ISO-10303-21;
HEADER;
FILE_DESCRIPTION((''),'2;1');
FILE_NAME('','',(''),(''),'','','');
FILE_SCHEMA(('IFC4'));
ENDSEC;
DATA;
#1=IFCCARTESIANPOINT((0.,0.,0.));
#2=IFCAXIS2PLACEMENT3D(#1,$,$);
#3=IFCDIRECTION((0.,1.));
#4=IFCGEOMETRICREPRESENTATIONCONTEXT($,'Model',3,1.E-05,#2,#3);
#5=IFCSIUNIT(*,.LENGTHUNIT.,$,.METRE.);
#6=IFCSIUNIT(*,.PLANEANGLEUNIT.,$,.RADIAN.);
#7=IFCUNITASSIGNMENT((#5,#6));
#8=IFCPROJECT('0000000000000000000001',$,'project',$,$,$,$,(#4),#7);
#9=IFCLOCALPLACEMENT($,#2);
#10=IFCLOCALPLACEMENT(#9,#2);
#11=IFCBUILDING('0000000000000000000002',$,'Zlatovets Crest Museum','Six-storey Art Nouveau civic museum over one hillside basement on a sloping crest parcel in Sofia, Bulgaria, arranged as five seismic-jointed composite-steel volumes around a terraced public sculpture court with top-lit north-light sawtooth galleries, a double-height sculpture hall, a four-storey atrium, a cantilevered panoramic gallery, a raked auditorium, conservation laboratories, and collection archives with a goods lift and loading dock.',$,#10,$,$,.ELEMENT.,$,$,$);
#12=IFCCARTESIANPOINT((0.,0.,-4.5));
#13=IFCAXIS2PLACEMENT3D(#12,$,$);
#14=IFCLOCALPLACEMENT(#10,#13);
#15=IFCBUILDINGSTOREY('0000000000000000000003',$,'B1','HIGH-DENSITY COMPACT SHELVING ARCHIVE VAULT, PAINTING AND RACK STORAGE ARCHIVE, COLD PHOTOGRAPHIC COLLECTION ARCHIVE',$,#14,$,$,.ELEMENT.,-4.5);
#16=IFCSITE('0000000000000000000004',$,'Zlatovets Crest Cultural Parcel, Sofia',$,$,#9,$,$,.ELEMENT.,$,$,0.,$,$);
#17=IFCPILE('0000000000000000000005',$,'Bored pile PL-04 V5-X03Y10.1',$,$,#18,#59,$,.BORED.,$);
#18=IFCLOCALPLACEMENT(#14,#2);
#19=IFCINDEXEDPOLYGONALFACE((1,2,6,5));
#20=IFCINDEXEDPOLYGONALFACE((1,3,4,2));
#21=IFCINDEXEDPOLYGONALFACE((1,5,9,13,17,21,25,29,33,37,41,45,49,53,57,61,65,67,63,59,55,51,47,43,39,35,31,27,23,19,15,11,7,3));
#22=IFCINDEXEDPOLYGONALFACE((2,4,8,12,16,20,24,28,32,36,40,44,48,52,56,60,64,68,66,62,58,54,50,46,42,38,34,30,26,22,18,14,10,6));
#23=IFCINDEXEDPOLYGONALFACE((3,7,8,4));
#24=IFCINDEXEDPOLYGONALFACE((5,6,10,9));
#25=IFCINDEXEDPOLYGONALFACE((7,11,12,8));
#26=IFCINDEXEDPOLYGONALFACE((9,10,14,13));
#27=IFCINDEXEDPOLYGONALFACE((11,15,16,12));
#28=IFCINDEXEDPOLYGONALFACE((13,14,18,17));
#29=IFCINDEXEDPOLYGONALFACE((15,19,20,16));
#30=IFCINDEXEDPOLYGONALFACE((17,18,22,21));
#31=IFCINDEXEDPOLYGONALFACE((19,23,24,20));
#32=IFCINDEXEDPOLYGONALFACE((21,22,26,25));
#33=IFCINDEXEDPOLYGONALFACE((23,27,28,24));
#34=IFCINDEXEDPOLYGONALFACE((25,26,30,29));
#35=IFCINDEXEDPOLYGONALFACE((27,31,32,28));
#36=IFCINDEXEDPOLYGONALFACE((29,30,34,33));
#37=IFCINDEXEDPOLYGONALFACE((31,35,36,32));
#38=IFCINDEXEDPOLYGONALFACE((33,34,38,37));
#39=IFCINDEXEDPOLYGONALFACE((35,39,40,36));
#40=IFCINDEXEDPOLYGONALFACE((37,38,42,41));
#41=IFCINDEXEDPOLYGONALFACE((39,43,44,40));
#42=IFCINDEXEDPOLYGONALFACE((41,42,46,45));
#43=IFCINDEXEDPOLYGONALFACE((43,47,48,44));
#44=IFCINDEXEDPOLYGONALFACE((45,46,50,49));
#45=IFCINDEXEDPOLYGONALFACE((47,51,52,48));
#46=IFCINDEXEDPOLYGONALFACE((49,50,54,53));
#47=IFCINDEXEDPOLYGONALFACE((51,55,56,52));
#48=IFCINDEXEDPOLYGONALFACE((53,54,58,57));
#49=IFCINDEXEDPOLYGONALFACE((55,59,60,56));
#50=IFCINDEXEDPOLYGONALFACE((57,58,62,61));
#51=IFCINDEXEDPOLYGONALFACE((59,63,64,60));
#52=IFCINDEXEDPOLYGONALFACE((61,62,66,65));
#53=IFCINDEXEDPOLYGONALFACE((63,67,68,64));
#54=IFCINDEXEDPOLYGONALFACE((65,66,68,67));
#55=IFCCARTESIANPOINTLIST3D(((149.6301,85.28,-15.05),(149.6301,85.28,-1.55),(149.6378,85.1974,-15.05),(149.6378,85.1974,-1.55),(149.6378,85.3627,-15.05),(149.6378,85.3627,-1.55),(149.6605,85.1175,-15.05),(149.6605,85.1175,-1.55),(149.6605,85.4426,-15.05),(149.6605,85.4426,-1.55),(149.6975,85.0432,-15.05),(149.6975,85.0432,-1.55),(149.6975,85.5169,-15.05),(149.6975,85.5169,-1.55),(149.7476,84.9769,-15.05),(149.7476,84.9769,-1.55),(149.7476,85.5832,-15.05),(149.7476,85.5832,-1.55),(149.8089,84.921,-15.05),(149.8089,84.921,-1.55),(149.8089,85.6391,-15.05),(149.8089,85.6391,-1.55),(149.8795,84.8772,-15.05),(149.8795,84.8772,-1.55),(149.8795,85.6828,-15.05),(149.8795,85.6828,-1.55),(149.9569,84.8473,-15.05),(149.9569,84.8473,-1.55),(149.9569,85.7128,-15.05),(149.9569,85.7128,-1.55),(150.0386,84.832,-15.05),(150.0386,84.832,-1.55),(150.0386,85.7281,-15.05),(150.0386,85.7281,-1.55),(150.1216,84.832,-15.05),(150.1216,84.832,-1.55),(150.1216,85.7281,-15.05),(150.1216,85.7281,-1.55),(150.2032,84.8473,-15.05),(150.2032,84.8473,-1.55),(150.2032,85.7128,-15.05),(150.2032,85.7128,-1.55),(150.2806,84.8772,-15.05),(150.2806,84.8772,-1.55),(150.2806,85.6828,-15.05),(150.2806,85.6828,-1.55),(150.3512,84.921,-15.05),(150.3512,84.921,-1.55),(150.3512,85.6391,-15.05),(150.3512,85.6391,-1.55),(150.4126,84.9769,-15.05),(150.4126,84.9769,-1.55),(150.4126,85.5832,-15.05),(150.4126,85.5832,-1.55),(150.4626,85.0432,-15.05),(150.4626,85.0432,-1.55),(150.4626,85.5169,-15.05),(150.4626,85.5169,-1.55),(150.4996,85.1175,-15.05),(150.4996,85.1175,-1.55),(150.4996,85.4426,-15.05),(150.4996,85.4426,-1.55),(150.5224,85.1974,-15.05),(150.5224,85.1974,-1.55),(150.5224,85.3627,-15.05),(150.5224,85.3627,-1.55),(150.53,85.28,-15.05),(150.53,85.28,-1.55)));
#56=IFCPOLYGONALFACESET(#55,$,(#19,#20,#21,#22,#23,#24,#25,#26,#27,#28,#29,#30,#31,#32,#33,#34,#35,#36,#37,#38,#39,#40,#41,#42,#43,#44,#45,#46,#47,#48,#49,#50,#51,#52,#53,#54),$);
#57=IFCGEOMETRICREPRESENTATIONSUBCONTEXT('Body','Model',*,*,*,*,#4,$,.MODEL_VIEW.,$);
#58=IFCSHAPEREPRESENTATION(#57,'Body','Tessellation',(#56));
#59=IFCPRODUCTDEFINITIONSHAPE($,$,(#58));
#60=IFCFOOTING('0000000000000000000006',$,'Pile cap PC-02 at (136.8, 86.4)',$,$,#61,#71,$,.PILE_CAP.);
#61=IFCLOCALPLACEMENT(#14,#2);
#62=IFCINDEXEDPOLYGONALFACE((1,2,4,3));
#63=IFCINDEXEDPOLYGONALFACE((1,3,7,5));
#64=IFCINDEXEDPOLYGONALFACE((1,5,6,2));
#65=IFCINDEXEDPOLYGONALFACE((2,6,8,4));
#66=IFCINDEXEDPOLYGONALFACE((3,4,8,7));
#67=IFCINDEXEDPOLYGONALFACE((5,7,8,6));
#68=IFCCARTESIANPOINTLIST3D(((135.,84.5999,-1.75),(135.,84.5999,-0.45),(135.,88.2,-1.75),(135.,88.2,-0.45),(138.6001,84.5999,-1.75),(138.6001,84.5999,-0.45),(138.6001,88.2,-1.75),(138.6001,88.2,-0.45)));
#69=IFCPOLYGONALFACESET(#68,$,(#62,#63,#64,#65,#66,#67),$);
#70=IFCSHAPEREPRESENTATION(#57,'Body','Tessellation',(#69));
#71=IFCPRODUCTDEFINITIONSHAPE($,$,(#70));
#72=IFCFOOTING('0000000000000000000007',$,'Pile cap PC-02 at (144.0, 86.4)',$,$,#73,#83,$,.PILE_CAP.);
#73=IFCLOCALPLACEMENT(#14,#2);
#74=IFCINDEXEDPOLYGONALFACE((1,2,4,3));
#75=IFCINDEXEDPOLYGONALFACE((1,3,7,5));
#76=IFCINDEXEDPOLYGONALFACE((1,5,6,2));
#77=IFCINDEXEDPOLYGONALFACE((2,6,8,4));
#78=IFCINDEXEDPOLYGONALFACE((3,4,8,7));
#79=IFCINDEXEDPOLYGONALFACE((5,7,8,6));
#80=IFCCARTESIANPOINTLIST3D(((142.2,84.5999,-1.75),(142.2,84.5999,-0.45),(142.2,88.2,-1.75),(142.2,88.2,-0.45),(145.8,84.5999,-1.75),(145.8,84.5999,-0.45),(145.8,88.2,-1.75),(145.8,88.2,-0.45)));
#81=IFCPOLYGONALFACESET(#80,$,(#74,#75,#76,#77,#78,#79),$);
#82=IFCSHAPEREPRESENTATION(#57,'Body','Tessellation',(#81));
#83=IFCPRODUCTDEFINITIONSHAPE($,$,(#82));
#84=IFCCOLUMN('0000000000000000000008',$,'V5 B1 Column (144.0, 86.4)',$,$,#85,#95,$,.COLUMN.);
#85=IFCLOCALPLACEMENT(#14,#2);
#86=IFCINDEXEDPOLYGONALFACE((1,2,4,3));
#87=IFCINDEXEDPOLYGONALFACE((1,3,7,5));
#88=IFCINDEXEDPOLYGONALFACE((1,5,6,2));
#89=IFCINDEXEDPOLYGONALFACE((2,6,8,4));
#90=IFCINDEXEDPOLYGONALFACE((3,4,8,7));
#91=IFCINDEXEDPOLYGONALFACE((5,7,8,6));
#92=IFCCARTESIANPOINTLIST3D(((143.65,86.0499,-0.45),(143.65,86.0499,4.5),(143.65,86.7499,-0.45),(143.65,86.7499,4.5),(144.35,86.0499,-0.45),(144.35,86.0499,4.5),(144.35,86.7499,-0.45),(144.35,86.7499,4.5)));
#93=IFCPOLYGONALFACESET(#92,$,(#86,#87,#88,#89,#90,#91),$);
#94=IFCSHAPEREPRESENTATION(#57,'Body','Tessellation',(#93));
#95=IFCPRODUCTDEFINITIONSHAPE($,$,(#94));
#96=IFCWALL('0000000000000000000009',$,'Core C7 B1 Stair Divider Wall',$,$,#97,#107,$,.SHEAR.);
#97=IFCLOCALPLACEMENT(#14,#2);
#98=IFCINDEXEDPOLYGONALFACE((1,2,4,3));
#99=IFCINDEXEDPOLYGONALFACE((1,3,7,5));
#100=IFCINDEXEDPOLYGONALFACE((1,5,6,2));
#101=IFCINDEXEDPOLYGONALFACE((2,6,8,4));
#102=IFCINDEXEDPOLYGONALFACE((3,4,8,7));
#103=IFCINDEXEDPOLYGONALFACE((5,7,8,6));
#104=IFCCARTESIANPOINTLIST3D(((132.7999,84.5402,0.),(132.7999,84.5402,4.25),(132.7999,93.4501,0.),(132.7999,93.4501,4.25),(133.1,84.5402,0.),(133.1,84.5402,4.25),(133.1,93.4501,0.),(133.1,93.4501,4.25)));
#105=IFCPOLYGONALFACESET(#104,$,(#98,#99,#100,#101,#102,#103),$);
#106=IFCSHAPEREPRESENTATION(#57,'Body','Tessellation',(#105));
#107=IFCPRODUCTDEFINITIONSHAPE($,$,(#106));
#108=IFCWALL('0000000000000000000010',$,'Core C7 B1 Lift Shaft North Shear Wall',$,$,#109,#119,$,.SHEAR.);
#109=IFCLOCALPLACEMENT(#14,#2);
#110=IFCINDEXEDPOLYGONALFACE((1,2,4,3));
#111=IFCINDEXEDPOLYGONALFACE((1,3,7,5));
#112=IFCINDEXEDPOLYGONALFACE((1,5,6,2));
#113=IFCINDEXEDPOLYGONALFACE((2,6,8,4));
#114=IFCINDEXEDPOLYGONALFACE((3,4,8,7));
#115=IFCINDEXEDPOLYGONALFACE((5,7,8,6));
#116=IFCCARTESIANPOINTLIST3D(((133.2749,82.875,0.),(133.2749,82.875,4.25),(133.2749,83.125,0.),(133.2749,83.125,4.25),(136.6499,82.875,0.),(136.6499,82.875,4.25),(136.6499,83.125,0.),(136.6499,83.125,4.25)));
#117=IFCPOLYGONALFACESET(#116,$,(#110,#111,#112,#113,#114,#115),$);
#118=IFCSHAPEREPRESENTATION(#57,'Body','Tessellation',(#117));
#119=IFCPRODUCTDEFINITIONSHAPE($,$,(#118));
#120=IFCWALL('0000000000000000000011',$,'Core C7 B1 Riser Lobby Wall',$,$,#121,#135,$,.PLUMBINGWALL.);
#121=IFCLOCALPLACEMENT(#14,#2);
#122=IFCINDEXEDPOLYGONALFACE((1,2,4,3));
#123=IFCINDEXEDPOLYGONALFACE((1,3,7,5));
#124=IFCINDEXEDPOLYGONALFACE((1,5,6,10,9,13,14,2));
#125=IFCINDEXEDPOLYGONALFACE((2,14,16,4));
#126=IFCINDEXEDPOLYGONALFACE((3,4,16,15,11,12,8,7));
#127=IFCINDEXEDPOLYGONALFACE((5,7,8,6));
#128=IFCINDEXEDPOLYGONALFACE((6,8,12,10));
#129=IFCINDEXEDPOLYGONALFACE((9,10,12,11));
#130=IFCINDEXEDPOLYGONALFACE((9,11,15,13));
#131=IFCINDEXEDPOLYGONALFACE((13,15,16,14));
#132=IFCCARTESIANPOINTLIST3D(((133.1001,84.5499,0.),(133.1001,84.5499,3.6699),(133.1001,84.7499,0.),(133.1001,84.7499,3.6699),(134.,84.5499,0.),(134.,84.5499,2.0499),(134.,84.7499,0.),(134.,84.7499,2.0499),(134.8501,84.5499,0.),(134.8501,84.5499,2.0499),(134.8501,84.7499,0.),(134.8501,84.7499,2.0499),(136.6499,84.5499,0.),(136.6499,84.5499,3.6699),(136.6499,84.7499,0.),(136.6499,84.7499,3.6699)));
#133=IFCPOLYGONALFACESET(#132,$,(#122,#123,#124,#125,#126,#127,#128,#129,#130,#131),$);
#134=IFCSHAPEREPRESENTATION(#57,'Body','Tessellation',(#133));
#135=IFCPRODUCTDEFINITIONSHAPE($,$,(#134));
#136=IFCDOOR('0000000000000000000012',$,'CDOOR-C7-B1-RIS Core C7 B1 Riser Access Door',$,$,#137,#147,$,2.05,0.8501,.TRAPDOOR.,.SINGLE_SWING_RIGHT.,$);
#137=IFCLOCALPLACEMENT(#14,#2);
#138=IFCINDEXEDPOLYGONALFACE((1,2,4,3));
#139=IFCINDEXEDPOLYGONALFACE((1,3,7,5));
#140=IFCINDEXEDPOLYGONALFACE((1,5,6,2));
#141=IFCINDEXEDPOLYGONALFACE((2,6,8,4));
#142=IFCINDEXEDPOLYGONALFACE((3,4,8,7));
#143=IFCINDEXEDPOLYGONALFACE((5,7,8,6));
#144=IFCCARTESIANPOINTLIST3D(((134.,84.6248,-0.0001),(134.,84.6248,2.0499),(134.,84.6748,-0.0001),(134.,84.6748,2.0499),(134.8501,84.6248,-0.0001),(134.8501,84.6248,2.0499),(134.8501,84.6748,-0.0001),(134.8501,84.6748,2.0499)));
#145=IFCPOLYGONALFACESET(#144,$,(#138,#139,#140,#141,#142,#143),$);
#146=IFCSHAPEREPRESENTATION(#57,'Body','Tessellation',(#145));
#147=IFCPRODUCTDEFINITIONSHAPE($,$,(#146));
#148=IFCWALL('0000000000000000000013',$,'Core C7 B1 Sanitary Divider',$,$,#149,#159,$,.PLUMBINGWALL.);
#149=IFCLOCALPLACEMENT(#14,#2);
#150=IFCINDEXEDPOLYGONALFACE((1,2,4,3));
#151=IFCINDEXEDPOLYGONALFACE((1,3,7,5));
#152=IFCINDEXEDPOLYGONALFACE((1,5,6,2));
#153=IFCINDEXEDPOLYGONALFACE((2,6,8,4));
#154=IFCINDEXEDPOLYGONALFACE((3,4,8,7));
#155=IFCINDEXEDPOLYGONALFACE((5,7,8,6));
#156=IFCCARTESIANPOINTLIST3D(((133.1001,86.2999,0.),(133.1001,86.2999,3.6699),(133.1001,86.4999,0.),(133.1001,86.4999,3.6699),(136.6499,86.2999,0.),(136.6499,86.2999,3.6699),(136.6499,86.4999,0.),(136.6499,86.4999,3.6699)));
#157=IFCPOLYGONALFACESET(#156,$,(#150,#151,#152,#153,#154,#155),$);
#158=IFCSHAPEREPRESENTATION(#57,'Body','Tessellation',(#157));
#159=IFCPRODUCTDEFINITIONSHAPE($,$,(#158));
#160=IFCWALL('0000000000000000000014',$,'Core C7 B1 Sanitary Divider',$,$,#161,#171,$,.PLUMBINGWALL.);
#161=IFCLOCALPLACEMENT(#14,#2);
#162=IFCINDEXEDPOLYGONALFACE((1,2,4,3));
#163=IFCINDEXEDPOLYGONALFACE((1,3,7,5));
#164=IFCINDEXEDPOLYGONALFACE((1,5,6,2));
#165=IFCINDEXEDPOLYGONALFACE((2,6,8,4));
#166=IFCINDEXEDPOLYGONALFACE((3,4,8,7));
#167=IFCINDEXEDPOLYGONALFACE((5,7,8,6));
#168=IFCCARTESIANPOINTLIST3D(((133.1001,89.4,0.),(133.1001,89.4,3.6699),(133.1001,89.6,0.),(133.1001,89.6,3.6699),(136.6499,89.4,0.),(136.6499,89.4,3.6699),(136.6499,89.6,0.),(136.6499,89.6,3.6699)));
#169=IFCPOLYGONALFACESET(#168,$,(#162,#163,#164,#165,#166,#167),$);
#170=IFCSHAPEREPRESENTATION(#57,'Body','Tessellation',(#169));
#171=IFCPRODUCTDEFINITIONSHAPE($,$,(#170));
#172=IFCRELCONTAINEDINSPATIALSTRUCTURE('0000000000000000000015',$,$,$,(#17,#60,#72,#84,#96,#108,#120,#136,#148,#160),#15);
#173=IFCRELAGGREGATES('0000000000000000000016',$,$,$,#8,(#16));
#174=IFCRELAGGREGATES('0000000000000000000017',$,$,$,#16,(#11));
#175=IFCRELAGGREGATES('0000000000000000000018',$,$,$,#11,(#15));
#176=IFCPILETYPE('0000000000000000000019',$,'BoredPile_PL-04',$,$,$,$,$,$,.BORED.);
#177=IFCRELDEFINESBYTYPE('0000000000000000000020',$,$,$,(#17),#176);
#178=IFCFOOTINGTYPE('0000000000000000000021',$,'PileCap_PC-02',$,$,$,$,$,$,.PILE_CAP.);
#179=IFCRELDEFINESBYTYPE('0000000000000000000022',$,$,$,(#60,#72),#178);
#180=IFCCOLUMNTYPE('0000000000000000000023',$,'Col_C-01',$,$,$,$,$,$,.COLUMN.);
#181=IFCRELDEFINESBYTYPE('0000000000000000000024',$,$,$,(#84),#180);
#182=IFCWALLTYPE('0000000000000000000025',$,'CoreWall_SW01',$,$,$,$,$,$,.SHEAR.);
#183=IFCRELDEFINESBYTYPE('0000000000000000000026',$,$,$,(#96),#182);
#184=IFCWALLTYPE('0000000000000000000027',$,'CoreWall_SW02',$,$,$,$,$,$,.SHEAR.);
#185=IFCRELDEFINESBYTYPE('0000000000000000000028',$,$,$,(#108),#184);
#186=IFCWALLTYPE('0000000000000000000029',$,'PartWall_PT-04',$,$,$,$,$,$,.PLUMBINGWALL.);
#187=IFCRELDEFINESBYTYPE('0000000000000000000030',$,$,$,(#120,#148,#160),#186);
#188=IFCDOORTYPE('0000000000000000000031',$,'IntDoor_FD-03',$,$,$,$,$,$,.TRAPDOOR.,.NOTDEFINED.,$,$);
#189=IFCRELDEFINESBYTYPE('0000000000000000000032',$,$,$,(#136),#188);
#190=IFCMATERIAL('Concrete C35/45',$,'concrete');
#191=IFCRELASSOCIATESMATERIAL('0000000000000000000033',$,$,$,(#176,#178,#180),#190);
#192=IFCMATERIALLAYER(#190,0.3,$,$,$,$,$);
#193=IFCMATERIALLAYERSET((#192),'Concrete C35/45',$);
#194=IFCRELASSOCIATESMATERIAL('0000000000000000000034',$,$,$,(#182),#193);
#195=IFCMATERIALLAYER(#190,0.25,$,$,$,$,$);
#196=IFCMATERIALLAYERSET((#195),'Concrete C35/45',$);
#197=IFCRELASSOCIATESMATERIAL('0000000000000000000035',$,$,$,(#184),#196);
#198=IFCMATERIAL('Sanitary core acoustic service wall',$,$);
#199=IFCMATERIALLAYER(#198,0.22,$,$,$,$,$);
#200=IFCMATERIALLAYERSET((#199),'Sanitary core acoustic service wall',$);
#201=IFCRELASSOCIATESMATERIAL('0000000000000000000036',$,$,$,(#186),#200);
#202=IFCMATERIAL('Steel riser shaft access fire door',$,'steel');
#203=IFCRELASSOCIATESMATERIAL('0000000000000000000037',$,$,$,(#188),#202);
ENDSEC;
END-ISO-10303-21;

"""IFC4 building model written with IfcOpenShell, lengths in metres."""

from ifc_helpers import new_model, si_unit, direction, frame, frame_2d, origin, origin_2d, place, context, subcontext, project, spatial, rectangle, circle, extrude, material, layer, layer_set, material_profile, profile_set, type_object, element, fill, save


model = new_model("IFC4")

# Units and contexts
model_context = context("Model", 3, precision=1e-05, world=origin(), true_north=direction((0.0, 1.0)))
body_context = subcontext(model_context, "Body", "Model", "MODEL_VIEW")
ifc_project = project(units=[si_unit("LENGTHUNIT", "METRE"), si_unit("PLANEANGLEUNIT", "RADIAN")], contexts=[model_context])

# Site, building, storey
site_placement = place(None, origin())
site = spatial("IfcSite", under=ifc_project, at=site_placement, Name="Zlatovets Crest Cultural Parcel, Sofia", CompositionType="ELEMENT", RefElevation=0.0)
building_placement = place(site_placement, origin())
building = spatial("IfcBuilding", under=site, at=building_placement, Name="Zlatovets Crest Museum", Description="Six-storey Art Nouveau civic museum over one hillside basement on a sloping crest parcel in Sofia, Bulgaria, arranged as five seismic-jointed composite-steel volumes around a terraced public sculpture court with top-lit north-light sawtooth galleries, a double-height sculpture hall, a four-storey atrium, a cantilevered panoramic gallery, a raked auditorium, conservation laboratories, and collection archives with a goods lift and loading dock.", CompositionType="ELEMENT")
storey_placement = place(building_placement, frame((0.0, 0.0, -4.5)))
storey = spatial("IfcBuildingStorey", under=building, at=storey_placement, Name="B1", Description="HIGH-DENSITY COMPACT SHELVING ARCHIVE VAULT, PAINTING AND RACK STORAGE ARCHIVE, COLD PHOTOGRAPHIC COLLECTION ARCHIVE", CompositionType="ELEMENT", Elevation=-4.5)

# Pile
ifc_material_1 = material(Name="Concrete C35/45", Category="concrete")
ifc_material_profile_1 = material_profile(ifc_material_1, circle(Radius=0.45, at=origin_2d()), Name="PILE D900")
ifc_profile_set_1 = profile_set([ifc_material_profile_1], Name="Concrete C35/45")
pile_type = type_object("IfcPileType", Name="BoredPile_PL-04", PredefinedType="BORED", material=ifc_profile_set_1)
for number, where, z_axis, x_axis, name in (
    (1, (150.0801, 85.28, -1.55), (0.0, 0.0, -1.0), (1.0, 0.0, 0.0), "Bored pile PL-04 V5-X03Y10.1"),
):
    element("IfcPile", number, at=place(storey_placement, frame(where, z_axis=z_axis, x_axis=x_axis)), inside=storey, type_object=pile_type, Name=name, PredefinedType="BORED", context=body_context, shape_type="SweptSolid", body=[
        extrude(circle(Radius=0.45, at=origin_2d()), origin(), (0.0, 0.0, 1.0), 13.5),
    ])

# Footings
footing_type = type_object("IfcFootingType", Name="PileCap_PC-02", PredefinedType="PILE_CAP", material=ifc_material_1)
for number, where, z_axis, x_axis, name in (
    (2, (136.8, 86.3999, -1.75), (0.0, 0.0, 1.0), (1.0, 0.0, 0.0), "Pile cap PC-02 at (136.8, 86.4)"),
    (3, (144.0, 86.3999, -1.75), (0.0, 0.0, 1.0), (1.0, 0.0, 0.0), "Pile cap PC-02 at (144.0, 86.4)"),
):
    element("IfcFooting", number, at=place(storey_placement, frame(where, z_axis=z_axis, x_axis=x_axis)), inside=storey, type_object=footing_type, Name=name, PredefinedType="PILE_CAP", context=body_context, shape_type="SweptSolid", body=[
        extrude(rectangle(XDim=3.6001, YDim=3.6001, at=origin_2d()), origin(), (0.0, 0.0, 1.0), 1.3),
    ])

# Column
ifc_material_profile_2 = material_profile(ifc_material_1, rectangle(XDim=0.7, YDim=0.7, at=origin_2d()), Name="RC 700x700")
ifc_profile_set_2 = profile_set([ifc_material_profile_2], Name="Concrete C35/45")
column_type = type_object("IfcColumnType", Name="Col_C-01", PredefinedType="COLUMN", material=ifc_profile_set_2)
column_placement = place(storey_placement, frame((144.0, 86.3999, -0.45), z_axis=(0.0, 0.0, 1.0), x_axis=(1.0, 0.0, 0.0)))
element("IfcColumn", 4, at=column_placement, inside=storey, type_object=column_type, Name="V5 B1 Column (144.0, 86.4)", PredefinedType="COLUMN", context=body_context, shape_type="SweptSolid", body=[
    extrude(rectangle(XDim=0.7, YDim=0.7, at=origin_2d()), origin(), (0.0, 0.0, 1.0), 4.95),
])

# Walls
ifc_layer_1 = layer(ifc_material_1, 0.3)
ifc_layer_set_1 = layer_set([ifc_layer_1], Name="Concrete C35/45")
wall_type_1 = type_object("IfcWallType", Name="CoreWall_SW01", PredefinedType="SHEAR", material=ifc_layer_set_1)
wall_1_placement = place(storey_placement, frame((132.95, 84.54, 0.0), z_axis=(0.0, 0.0, 1.0), x_axis=(0.0, 1.0, 0.0)))
element("IfcWall", 5, at=wall_1_placement, inside=storey, type_object=wall_type_1, Name="Core C7 B1 Stair Divider Wall", PredefinedType="SHEAR", context=body_context, shape_type="SweptSolid", body=[
    extrude(rectangle(XDim=8.9099, YDim=0.3, at=frame_2d((4.4551, 0.0))), origin(), (0.0, 0.0, 1.0), 4.25),
])
ifc_layer_2 = layer(ifc_material_1, 0.25)
ifc_layer_set_2 = layer_set([ifc_layer_2], Name="Concrete C35/45")
wall_type_2 = type_object("IfcWallType", Name="CoreWall_SW02", PredefinedType="SHEAR", material=ifc_layer_set_2)
wall_2_placement = place(storey_placement, frame((133.2749, 83.0, 0.0), z_axis=(0.0, 0.0, 1.0), x_axis=(1.0, 0.0, 0.0)))
element("IfcWall", 6, at=wall_2_placement, inside=storey, type_object=wall_type_2, Name="Core C7 B1 Lift Shaft North Shear Wall", PredefinedType="SHEAR", context=body_context, shape_type="SweptSolid", body=[
    extrude(rectangle(XDim=3.375, YDim=0.25, at=frame_2d((1.6875, 0.0))), origin(), (0.0, 0.0, 1.0), 4.25),
])

# Wall, opening, door
ifc_material_2 = material(Name="Sanitary core acoustic service wall")
ifc_layer_3 = layer(ifc_material_2, 0.22)
ifc_layer_set_3 = layer_set([ifc_layer_3], Name="Sanitary core acoustic service wall")
wall_type_3 = type_object("IfcWallType", Name="PartWall_PT-04", PredefinedType="PLUMBINGWALL", material=ifc_layer_set_3)
wall_3_placement = place(storey_placement, frame((133.1001, 84.6499, 0.0), z_axis=(0.0, 0.0, 1.0), x_axis=(1.0, 0.0, 0.0)))
wall_3 = element("IfcWall", 7, at=wall_3_placement, inside=storey, type_object=wall_type_3, Name="Core C7 B1 Riser Lobby Wall", PredefinedType="PLUMBINGWALL", context=body_context, shape_type="SweptSolid", body=[
    extrude(rectangle(XDim=3.5498, YDim=0.2, at=frame_2d((1.7749, 0.0))), origin(), (0.0, 0.0, 1.0), 3.6699),
])
opening_placement = place(wall_3_placement, frame((0.8999, 0.0, 0.0)))
opening = element("IfcOpeningElement", 8, at=opening_placement, cuts=wall_3, PredefinedType="OPENING", context=body_context, shape_type="SweptSolid", body=[
    extrude(rectangle(XDim=0.8501, YDim=2.05, at=frame_2d((0.425, 1.0249))), frame((0.0, 0.1099, 0.0), z_axis=(0.0, -1.0, 0.0), x_axis=(1.0, 0.0, 0.0)), (0.0, 0.0, 1.0), 0.22),
])
ifc_material_3 = material(Name="Steel riser shaft access fire door", Category="steel")
door_type = type_object("IfcDoorType", Name="IntDoor_FD-03", OperationType="NOTDEFINED", PredefinedType="TRAPDOOR", material=ifc_material_3)
door_placement = place(opening_placement, origin())
door = element("IfcDoor", 9, at=door_placement, inside=storey, type_object=door_type, Name="CDOOR-C7-B1-RIS Core C7 B1 Riser Access Door", OperationType="SINGLE_SWING_RIGHT", OverallHeight=2.05, OverallWidth=0.8501, PredefinedType="TRAPDOOR", context=body_context, shape_type="SweptSolid", body=[
    extrude(rectangle(XDim=0.8501, YDim=2.05, at=frame_2d((0.425, 1.0249))), frame((0.0, 0.0249, 0.0), z_axis=(0.0, -1.0, 0.0), x_axis=(1.0, 0.0, 0.0)), (0.0, 0.0, 1.0), 0.05),
])
fill(opening, door)

# Walls
for number, where, z_axis, x_axis, name in (
    (10, (133.1001, 86.3999, 0.0), (0.0, 0.0, 1.0), (1.0, 0.0, 0.0), "Core C7 B1 Sanitary Divider"),
    (11, (133.1001, 89.5, 0.0), (0.0, 0.0, 1.0), (1.0, 0.0, 0.0), "Core C7 B1 Sanitary Divider"),
):
    element("IfcWall", number, at=place(storey_placement, frame(where, z_axis=z_axis, x_axis=x_axis)), inside=storey, type_object=wall_type_3, Name=name, PredefinedType="PLUMBINGWALL", context=body_context, shape_type="SweptSolid", body=[
        extrude(rectangle(XDim=3.5498, YDim=0.2, at=frame_2d((1.7749, 0.0))), origin(), (0.0, 0.0, 1.0), 3.6699),
    ])

save(model, "model.ifc")
